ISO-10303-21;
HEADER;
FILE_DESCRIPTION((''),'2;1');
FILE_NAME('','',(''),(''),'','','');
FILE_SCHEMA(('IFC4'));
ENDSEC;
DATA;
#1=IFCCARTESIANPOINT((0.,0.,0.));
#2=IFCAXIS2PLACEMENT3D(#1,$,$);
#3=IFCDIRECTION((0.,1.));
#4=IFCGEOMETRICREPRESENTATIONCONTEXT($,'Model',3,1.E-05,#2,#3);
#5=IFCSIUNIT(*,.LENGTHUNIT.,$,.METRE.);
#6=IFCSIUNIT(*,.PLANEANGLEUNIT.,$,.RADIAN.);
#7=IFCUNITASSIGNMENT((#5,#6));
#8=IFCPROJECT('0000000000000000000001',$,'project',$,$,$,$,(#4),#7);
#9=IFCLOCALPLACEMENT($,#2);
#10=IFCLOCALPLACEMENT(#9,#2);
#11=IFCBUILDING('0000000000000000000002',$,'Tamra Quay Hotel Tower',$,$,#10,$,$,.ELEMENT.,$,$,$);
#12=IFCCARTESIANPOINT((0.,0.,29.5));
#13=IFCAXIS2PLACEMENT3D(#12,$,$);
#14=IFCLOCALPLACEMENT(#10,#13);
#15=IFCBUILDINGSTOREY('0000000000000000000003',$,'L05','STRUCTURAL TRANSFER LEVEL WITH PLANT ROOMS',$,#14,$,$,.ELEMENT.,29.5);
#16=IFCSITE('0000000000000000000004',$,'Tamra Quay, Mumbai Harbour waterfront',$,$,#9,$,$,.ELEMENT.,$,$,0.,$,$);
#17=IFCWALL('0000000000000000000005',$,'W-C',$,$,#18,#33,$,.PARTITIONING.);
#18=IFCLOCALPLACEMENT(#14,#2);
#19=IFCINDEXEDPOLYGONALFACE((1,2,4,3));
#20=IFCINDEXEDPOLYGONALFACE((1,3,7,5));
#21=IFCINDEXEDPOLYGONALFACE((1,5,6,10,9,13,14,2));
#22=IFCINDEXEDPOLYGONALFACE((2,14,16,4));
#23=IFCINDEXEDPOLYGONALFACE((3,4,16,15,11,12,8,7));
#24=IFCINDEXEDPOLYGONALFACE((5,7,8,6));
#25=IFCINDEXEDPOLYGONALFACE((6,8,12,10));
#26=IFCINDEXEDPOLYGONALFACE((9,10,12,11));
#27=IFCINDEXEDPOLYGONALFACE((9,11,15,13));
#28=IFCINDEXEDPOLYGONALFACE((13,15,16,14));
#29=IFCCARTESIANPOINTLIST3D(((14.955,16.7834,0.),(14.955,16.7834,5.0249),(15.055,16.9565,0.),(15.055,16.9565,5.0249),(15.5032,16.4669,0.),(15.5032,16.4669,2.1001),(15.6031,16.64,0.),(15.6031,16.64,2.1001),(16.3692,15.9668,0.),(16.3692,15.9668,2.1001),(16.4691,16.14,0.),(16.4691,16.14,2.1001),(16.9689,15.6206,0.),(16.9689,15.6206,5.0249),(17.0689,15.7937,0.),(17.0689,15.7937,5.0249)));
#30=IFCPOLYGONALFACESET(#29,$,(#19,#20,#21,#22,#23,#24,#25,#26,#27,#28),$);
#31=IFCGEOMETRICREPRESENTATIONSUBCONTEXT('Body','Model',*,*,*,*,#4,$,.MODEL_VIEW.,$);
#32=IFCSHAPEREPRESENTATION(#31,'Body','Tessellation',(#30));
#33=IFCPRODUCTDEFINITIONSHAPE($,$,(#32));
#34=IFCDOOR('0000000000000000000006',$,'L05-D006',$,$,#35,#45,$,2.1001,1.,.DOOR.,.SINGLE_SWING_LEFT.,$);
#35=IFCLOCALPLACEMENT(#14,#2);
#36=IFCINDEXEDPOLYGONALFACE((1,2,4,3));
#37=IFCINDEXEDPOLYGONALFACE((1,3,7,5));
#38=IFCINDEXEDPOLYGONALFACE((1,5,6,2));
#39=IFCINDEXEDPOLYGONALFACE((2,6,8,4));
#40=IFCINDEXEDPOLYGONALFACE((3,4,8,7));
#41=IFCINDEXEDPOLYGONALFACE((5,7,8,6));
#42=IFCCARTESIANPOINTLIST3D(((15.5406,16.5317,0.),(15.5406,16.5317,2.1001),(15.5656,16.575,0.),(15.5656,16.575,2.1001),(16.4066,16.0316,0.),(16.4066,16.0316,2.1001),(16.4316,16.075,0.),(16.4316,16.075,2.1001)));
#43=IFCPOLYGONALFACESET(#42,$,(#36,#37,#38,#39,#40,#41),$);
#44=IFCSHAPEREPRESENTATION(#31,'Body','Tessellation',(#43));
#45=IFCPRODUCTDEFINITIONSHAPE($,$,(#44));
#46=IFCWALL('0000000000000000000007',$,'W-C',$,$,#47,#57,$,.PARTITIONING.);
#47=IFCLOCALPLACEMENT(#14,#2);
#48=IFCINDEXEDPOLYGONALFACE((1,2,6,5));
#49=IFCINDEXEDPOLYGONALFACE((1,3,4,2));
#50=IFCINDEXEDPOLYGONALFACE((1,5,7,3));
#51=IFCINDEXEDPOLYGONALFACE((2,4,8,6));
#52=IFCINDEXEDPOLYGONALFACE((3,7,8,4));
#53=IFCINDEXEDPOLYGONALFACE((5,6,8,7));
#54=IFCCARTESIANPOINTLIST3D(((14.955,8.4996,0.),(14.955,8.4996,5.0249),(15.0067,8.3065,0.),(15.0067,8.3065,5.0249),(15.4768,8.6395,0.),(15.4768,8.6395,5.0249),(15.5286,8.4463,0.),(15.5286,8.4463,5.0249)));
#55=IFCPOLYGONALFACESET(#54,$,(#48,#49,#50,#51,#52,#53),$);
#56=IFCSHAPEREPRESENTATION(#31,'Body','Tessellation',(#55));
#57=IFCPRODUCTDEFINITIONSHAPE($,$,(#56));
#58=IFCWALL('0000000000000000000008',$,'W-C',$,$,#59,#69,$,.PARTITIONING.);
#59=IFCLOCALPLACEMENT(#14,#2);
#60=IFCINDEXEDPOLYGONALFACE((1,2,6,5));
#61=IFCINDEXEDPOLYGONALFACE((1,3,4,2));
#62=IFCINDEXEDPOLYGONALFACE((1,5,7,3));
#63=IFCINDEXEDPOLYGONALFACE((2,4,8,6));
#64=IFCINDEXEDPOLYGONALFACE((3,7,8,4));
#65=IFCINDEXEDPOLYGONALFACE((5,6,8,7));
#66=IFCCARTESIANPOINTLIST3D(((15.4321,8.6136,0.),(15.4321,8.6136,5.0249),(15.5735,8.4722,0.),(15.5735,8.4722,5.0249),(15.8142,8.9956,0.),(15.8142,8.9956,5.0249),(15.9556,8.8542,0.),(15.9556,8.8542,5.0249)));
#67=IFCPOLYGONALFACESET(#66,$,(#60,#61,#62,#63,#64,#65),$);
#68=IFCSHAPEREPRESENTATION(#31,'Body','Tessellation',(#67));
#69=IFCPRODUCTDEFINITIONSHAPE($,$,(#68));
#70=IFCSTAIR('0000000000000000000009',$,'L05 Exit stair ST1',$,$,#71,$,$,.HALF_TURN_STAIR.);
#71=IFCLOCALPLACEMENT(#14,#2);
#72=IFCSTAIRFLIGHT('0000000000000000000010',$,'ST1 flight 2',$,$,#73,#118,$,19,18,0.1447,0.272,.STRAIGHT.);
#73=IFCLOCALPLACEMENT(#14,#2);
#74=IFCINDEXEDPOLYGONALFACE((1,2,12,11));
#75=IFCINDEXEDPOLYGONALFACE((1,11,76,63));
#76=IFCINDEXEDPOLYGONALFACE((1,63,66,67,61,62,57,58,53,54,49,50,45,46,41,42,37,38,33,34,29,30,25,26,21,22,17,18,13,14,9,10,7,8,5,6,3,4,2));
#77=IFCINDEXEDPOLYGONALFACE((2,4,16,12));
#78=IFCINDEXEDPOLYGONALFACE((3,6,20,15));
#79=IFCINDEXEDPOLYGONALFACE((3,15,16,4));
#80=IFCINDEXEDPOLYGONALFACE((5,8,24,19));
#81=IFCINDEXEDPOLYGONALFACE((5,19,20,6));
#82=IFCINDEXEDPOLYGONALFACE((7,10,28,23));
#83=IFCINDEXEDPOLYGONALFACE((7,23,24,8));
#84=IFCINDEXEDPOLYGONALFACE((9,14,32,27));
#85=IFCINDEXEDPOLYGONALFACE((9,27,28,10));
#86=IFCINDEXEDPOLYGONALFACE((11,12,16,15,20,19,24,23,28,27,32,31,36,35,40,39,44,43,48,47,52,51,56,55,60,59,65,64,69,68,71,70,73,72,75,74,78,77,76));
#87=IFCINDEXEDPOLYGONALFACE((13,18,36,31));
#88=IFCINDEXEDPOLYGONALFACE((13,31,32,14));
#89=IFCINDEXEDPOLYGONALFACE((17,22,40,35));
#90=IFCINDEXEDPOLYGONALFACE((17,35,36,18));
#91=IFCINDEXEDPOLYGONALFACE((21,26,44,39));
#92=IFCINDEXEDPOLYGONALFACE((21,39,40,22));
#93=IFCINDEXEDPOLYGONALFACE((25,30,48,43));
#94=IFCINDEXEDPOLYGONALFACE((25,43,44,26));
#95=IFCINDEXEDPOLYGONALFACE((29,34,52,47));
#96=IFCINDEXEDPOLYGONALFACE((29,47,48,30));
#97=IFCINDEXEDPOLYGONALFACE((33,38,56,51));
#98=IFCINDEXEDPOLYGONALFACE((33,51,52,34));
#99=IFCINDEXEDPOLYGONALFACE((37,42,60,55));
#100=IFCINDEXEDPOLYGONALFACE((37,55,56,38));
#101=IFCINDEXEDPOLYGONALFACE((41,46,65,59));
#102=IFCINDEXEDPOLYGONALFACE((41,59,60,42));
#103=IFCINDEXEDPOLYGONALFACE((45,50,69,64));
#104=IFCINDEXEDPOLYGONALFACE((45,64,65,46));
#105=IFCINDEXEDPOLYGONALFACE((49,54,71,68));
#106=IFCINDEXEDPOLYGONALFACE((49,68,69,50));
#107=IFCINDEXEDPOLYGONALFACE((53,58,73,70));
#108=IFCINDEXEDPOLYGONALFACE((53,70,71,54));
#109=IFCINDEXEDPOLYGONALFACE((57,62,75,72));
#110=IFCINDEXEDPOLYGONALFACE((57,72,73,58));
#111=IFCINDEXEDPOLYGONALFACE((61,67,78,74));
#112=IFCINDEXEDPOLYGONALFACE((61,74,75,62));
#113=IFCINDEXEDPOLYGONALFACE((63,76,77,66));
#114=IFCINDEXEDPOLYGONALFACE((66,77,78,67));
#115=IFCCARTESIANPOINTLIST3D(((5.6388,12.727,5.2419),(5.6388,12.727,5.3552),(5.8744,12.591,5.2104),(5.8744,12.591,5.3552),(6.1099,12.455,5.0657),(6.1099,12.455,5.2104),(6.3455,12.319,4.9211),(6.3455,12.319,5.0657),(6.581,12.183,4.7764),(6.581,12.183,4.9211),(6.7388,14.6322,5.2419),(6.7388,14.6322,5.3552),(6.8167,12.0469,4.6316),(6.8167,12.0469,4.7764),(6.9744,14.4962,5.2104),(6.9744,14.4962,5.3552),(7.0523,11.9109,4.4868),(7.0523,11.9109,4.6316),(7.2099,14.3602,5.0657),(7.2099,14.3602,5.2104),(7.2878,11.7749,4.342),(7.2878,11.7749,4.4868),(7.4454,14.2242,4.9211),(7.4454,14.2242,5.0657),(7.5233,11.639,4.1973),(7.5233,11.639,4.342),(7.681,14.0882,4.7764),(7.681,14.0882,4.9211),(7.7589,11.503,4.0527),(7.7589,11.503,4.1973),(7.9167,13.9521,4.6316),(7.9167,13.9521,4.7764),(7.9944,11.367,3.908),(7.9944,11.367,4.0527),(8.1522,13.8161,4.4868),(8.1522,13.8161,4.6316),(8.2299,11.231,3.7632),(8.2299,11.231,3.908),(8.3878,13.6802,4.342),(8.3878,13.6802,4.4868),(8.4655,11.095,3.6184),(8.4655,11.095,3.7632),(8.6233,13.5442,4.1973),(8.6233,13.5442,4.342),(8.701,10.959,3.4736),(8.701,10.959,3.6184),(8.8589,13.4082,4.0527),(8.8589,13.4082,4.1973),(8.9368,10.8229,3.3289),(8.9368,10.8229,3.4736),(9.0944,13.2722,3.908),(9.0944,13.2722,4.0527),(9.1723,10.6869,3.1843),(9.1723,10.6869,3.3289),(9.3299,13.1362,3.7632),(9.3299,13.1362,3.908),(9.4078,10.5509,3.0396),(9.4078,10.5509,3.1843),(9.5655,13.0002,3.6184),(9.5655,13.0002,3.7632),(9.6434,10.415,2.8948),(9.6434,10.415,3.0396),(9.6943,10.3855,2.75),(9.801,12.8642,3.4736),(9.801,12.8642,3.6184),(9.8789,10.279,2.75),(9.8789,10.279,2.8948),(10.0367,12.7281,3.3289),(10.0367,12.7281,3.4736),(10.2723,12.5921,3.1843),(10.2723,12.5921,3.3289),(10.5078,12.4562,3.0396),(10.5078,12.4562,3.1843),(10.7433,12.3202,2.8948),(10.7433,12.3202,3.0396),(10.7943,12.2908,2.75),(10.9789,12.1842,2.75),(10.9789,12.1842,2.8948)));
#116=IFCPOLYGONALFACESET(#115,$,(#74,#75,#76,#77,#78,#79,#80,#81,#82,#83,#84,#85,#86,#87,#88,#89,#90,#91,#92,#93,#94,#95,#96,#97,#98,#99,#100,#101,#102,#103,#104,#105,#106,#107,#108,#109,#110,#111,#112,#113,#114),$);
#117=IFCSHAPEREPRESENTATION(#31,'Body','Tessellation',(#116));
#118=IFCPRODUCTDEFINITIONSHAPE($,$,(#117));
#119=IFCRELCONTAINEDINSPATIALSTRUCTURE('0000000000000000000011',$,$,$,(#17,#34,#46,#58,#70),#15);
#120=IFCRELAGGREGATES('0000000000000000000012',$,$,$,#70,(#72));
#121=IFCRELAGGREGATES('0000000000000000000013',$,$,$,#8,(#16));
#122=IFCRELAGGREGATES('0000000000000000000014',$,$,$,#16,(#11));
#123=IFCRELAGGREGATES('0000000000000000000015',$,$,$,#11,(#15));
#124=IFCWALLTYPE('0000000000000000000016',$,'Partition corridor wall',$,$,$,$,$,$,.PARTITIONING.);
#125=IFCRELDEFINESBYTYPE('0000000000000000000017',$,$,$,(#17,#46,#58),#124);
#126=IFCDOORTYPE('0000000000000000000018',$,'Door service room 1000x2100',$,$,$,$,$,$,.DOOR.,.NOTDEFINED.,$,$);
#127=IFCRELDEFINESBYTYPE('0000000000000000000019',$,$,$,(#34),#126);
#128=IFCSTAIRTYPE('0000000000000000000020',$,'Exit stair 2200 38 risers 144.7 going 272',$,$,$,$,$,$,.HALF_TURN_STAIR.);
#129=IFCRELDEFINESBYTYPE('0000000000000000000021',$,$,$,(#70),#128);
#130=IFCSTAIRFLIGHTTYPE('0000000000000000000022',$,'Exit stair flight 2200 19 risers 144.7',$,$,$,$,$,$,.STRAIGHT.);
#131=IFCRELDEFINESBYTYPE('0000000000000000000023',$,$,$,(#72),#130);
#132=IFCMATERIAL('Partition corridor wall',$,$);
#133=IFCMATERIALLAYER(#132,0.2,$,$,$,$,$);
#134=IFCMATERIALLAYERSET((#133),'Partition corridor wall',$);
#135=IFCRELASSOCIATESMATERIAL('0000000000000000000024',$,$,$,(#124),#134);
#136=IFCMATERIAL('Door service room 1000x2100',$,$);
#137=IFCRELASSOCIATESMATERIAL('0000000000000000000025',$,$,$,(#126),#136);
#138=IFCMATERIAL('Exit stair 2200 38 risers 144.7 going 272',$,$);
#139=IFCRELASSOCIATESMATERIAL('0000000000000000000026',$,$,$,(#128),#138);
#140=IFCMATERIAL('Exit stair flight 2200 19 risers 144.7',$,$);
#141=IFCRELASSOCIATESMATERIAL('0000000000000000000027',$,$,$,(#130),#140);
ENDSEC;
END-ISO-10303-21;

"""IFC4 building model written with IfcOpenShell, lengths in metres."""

from ifc_helpers import new_model, si_unit, direction, frame, frame_2d, origin, place, context, subcontext, project, spatial, polyline, rectangle, outline, extrude, material, layer, layer_set, type_object, element, fill, aggregate, save


model = new_model("IFC4")

# Units and contexts
model_context = context("Model", 3, precision=1e-05, world=origin(), true_north=direction((0.0, 1.0)))
body_context = subcontext(model_context, "Body", "Model", "MODEL_VIEW")
ifc_project = project(units=[si_unit("LENGTHUNIT", "METRE"), si_unit("PLANEANGLEUNIT", "RADIAN")], contexts=[model_context])

# Site, building, storey
site_placement = place(None, origin())
site = spatial("IfcSite", under=ifc_project, at=site_placement, Name="Tamra Quay, Mumbai Harbour waterfront", CompositionType="ELEMENT", RefElevation=0.0)
building_placement = place(site_placement, origin())
building = spatial("IfcBuilding", under=site, at=building_placement, Name="Tamra Quay Hotel Tower", CompositionType="ELEMENT")
storey_placement = place(building_placement, frame((0.0, 0.0, 29.5)))
storey = spatial("IfcBuildingStorey", under=building, at=storey_placement, Name="L05", Description="STRUCTURAL TRANSFER LEVEL WITH PLANT ROOMS", CompositionType="ELEMENT", Elevation=29.5)

# Shared definitions
ifc_material_1 = material(Name="Partition corridor wall")
ifc_layer_1 = layer(ifc_material_1, 0.2)
ifc_layer_set_1 = layer_set([ifc_layer_1], Name="Partition corridor wall")
wall_type_1 = type_object("IfcWallType", Name="Partition corridor wall", PredefinedType="PARTITIONING", material=ifc_layer_set_1)

# Wall, opening, door
wall_1_placement = place(storey_placement, frame((15.0051, 16.8699, 0.0), z_axis=(0.0, 0.0, 1.0), x_axis=(0.866006, -0.500034, 0.0)))
wall_1 = element("IfcWall", 1, at=wall_1_placement, inside=storey, type_object=wall_type_1, Name="W-C", PredefinedType="PARTITIONING", context=body_context, shape_type="SweptSolid", body=[
    extrude(rectangle(XDim=2.3254, YDim=0.2, at=frame_2d((1.1626, 0.0))), origin(), (0.0, 0.0, 1.0), 5.0249),
])
opening_1_placement = place(wall_1_placement, frame((0.6328, 0.0, 0.0)))
opening_1 = element("IfcOpeningElement", 2, at=opening_1_placement, cuts=wall_1, PredefinedType="OPENING", context=body_context, shape_type="SweptSolid", body=[
    extrude(rectangle(XDim=1.0, YDim=2.1001, at=frame_2d((0.5, 1.05))), frame((0.0, 0.1099, 0.0), z_axis=(0.0, -1.0, 0.0), x_axis=(1.0, 0.0, 0.0)), (0.0, 0.0, 1.0), 0.22),
])
ifc_material_2 = material(Name="Door service room 1000x2100")
door_type_1 = type_object("IfcDoorType", Name="Door service room 1000x2100", OperationType="NOTDEFINED", PredefinedType="DOOR", material=ifc_material_2)
door_1_placement = place(opening_1_placement, origin())
door_1 = element("IfcDoor", 3, at=door_1_placement, inside=storey, type_object=door_type_1, Name="L05-D006", OperationType="SINGLE_SWING_LEFT", OverallHeight=2.1001, OverallWidth=1.0, PredefinedType="DOOR", context=body_context, shape_type="SweptSolid", body=[
    extrude(rectangle(XDim=1.0, YDim=2.1001, at=frame_2d((0.5, 1.05))), frame((0.0, 0.0249, 0.0), z_axis=(0.0, -1.0, 0.0), x_axis=(1.0, 0.0, 0.0)), (0.0, 0.0, 1.0), 0.05),
])
fill(opening_1, door_1)

# Walls
for number, where, z_axis, x_axis, name in (
    (4, (14.981, 8.4031, 0.0), (0.0, 0.0, 1.0), (0.965912, 0.258872, 0.0), "W-C"),
    (5, (15.5029, 8.543, 0.0), (0.0, 0.0, 1.0), (0.707107, 0.707107, 0.0), "W-C"),
):
    element("IfcWall", number, at=place(storey_placement, frame(where, z_axis=z_axis, x_axis=x_axis)), inside=storey, type_object=wall_type_1, Name=name, PredefinedType="PARTITIONING", context=body_context, shape_type="SweptSolid", body=[
        extrude(rectangle(XDim=0.5403, YDim=0.2, at=frame_2d((0.27, 0.0))), origin(), (0.0, 0.0, 1.0), 5.0249),
    ])

# Stair, stair flight
ifc_material_3 = material(Name="Exit stair 2200 38 risers 144.7 going 272")
stair_type = type_object("IfcStairType", Name="Exit stair 2200 38 risers 144.7 going 272", PredefinedType="HALF_TURN_STAIR", material=ifc_material_3)
stair_placement = place(storey_placement, origin())
stair = element("IfcStair", 6, at=stair_placement, inside=storey, type_object=stair_type, Name="L05 Exit stair ST1", PredefinedType="HALF_TURN_STAIR")
ifc_material_4 = material(Name="Exit stair flight 2200 19 risers 144.7")
stair_flight_type = type_object("IfcStairFlightType", Name="Exit stair flight 2200 19 risers 144.7", PredefinedType="STRAIGHT", material=ifc_material_4)
stair_flight_placement = place(storey_placement, frame((10.429, 11.2317, 2.75), z_axis=(0.0, 0.0, 1.0), x_axis=(-0.866025, 0.5, 0.0)))
stair_flight = element("IfcStairFlight", 7, at=stair_flight_placement, type_object=stair_flight_type, Name="ST1 flight 2", NumberOfRisers=19, NumberOfTreads=18, PredefinedType="STRAIGHT", RiserHeight=0.1447, TreadLength=0.272, context=body_context, shape_type="SweptSolid", body=[
    extrude(outline(polyline([(0.0, 0.0), (0.0, 0.1448), (0.272, 0.1448), (0.272, 0.2896), (0.5439, 0.2896), (0.5439, 0.4343), (0.8159, 0.4343), (0.8159, 0.5789), (1.0879, 0.5789), (1.0879, 0.7236), (1.3601, 0.7236), (1.3601, 0.8684), (1.6321, 0.8684), (1.6321, 1.0132), (1.9041, 1.0132), (1.9041, 1.158), (2.176, 1.158), (2.176, 1.3027), (2.448, 1.3027), (2.448, 1.4473), (2.72, 1.4473), (2.72, 1.592), (2.9919, 1.592), (2.9919, 1.7368), (3.2639, 1.7368), (3.2639, 1.8816), (3.5359, 1.8816), (3.5359, 2.0264), (3.8081, 2.0264), (3.8081, 2.1711), (4.0801, 2.1711), (4.0801, 2.3157), (4.3521, 2.3157), (4.3521, 2.4604), (4.624, 2.4604), (4.624, 2.6052), (4.896, 2.6052), (4.896, 2.75), (4.896, 2.4919), (0.2131, 0.0), (0.0, 0.0)])), frame((0.0, 1.1001, 0.0), z_axis=(0.0, -1.0, 0.0), x_axis=(1.0, 0.0, 0.0)), (0.0, 0.0, 1.0), 2.2),
])
aggregate(stair, [stair_flight])

save(model, "model.ifc")
